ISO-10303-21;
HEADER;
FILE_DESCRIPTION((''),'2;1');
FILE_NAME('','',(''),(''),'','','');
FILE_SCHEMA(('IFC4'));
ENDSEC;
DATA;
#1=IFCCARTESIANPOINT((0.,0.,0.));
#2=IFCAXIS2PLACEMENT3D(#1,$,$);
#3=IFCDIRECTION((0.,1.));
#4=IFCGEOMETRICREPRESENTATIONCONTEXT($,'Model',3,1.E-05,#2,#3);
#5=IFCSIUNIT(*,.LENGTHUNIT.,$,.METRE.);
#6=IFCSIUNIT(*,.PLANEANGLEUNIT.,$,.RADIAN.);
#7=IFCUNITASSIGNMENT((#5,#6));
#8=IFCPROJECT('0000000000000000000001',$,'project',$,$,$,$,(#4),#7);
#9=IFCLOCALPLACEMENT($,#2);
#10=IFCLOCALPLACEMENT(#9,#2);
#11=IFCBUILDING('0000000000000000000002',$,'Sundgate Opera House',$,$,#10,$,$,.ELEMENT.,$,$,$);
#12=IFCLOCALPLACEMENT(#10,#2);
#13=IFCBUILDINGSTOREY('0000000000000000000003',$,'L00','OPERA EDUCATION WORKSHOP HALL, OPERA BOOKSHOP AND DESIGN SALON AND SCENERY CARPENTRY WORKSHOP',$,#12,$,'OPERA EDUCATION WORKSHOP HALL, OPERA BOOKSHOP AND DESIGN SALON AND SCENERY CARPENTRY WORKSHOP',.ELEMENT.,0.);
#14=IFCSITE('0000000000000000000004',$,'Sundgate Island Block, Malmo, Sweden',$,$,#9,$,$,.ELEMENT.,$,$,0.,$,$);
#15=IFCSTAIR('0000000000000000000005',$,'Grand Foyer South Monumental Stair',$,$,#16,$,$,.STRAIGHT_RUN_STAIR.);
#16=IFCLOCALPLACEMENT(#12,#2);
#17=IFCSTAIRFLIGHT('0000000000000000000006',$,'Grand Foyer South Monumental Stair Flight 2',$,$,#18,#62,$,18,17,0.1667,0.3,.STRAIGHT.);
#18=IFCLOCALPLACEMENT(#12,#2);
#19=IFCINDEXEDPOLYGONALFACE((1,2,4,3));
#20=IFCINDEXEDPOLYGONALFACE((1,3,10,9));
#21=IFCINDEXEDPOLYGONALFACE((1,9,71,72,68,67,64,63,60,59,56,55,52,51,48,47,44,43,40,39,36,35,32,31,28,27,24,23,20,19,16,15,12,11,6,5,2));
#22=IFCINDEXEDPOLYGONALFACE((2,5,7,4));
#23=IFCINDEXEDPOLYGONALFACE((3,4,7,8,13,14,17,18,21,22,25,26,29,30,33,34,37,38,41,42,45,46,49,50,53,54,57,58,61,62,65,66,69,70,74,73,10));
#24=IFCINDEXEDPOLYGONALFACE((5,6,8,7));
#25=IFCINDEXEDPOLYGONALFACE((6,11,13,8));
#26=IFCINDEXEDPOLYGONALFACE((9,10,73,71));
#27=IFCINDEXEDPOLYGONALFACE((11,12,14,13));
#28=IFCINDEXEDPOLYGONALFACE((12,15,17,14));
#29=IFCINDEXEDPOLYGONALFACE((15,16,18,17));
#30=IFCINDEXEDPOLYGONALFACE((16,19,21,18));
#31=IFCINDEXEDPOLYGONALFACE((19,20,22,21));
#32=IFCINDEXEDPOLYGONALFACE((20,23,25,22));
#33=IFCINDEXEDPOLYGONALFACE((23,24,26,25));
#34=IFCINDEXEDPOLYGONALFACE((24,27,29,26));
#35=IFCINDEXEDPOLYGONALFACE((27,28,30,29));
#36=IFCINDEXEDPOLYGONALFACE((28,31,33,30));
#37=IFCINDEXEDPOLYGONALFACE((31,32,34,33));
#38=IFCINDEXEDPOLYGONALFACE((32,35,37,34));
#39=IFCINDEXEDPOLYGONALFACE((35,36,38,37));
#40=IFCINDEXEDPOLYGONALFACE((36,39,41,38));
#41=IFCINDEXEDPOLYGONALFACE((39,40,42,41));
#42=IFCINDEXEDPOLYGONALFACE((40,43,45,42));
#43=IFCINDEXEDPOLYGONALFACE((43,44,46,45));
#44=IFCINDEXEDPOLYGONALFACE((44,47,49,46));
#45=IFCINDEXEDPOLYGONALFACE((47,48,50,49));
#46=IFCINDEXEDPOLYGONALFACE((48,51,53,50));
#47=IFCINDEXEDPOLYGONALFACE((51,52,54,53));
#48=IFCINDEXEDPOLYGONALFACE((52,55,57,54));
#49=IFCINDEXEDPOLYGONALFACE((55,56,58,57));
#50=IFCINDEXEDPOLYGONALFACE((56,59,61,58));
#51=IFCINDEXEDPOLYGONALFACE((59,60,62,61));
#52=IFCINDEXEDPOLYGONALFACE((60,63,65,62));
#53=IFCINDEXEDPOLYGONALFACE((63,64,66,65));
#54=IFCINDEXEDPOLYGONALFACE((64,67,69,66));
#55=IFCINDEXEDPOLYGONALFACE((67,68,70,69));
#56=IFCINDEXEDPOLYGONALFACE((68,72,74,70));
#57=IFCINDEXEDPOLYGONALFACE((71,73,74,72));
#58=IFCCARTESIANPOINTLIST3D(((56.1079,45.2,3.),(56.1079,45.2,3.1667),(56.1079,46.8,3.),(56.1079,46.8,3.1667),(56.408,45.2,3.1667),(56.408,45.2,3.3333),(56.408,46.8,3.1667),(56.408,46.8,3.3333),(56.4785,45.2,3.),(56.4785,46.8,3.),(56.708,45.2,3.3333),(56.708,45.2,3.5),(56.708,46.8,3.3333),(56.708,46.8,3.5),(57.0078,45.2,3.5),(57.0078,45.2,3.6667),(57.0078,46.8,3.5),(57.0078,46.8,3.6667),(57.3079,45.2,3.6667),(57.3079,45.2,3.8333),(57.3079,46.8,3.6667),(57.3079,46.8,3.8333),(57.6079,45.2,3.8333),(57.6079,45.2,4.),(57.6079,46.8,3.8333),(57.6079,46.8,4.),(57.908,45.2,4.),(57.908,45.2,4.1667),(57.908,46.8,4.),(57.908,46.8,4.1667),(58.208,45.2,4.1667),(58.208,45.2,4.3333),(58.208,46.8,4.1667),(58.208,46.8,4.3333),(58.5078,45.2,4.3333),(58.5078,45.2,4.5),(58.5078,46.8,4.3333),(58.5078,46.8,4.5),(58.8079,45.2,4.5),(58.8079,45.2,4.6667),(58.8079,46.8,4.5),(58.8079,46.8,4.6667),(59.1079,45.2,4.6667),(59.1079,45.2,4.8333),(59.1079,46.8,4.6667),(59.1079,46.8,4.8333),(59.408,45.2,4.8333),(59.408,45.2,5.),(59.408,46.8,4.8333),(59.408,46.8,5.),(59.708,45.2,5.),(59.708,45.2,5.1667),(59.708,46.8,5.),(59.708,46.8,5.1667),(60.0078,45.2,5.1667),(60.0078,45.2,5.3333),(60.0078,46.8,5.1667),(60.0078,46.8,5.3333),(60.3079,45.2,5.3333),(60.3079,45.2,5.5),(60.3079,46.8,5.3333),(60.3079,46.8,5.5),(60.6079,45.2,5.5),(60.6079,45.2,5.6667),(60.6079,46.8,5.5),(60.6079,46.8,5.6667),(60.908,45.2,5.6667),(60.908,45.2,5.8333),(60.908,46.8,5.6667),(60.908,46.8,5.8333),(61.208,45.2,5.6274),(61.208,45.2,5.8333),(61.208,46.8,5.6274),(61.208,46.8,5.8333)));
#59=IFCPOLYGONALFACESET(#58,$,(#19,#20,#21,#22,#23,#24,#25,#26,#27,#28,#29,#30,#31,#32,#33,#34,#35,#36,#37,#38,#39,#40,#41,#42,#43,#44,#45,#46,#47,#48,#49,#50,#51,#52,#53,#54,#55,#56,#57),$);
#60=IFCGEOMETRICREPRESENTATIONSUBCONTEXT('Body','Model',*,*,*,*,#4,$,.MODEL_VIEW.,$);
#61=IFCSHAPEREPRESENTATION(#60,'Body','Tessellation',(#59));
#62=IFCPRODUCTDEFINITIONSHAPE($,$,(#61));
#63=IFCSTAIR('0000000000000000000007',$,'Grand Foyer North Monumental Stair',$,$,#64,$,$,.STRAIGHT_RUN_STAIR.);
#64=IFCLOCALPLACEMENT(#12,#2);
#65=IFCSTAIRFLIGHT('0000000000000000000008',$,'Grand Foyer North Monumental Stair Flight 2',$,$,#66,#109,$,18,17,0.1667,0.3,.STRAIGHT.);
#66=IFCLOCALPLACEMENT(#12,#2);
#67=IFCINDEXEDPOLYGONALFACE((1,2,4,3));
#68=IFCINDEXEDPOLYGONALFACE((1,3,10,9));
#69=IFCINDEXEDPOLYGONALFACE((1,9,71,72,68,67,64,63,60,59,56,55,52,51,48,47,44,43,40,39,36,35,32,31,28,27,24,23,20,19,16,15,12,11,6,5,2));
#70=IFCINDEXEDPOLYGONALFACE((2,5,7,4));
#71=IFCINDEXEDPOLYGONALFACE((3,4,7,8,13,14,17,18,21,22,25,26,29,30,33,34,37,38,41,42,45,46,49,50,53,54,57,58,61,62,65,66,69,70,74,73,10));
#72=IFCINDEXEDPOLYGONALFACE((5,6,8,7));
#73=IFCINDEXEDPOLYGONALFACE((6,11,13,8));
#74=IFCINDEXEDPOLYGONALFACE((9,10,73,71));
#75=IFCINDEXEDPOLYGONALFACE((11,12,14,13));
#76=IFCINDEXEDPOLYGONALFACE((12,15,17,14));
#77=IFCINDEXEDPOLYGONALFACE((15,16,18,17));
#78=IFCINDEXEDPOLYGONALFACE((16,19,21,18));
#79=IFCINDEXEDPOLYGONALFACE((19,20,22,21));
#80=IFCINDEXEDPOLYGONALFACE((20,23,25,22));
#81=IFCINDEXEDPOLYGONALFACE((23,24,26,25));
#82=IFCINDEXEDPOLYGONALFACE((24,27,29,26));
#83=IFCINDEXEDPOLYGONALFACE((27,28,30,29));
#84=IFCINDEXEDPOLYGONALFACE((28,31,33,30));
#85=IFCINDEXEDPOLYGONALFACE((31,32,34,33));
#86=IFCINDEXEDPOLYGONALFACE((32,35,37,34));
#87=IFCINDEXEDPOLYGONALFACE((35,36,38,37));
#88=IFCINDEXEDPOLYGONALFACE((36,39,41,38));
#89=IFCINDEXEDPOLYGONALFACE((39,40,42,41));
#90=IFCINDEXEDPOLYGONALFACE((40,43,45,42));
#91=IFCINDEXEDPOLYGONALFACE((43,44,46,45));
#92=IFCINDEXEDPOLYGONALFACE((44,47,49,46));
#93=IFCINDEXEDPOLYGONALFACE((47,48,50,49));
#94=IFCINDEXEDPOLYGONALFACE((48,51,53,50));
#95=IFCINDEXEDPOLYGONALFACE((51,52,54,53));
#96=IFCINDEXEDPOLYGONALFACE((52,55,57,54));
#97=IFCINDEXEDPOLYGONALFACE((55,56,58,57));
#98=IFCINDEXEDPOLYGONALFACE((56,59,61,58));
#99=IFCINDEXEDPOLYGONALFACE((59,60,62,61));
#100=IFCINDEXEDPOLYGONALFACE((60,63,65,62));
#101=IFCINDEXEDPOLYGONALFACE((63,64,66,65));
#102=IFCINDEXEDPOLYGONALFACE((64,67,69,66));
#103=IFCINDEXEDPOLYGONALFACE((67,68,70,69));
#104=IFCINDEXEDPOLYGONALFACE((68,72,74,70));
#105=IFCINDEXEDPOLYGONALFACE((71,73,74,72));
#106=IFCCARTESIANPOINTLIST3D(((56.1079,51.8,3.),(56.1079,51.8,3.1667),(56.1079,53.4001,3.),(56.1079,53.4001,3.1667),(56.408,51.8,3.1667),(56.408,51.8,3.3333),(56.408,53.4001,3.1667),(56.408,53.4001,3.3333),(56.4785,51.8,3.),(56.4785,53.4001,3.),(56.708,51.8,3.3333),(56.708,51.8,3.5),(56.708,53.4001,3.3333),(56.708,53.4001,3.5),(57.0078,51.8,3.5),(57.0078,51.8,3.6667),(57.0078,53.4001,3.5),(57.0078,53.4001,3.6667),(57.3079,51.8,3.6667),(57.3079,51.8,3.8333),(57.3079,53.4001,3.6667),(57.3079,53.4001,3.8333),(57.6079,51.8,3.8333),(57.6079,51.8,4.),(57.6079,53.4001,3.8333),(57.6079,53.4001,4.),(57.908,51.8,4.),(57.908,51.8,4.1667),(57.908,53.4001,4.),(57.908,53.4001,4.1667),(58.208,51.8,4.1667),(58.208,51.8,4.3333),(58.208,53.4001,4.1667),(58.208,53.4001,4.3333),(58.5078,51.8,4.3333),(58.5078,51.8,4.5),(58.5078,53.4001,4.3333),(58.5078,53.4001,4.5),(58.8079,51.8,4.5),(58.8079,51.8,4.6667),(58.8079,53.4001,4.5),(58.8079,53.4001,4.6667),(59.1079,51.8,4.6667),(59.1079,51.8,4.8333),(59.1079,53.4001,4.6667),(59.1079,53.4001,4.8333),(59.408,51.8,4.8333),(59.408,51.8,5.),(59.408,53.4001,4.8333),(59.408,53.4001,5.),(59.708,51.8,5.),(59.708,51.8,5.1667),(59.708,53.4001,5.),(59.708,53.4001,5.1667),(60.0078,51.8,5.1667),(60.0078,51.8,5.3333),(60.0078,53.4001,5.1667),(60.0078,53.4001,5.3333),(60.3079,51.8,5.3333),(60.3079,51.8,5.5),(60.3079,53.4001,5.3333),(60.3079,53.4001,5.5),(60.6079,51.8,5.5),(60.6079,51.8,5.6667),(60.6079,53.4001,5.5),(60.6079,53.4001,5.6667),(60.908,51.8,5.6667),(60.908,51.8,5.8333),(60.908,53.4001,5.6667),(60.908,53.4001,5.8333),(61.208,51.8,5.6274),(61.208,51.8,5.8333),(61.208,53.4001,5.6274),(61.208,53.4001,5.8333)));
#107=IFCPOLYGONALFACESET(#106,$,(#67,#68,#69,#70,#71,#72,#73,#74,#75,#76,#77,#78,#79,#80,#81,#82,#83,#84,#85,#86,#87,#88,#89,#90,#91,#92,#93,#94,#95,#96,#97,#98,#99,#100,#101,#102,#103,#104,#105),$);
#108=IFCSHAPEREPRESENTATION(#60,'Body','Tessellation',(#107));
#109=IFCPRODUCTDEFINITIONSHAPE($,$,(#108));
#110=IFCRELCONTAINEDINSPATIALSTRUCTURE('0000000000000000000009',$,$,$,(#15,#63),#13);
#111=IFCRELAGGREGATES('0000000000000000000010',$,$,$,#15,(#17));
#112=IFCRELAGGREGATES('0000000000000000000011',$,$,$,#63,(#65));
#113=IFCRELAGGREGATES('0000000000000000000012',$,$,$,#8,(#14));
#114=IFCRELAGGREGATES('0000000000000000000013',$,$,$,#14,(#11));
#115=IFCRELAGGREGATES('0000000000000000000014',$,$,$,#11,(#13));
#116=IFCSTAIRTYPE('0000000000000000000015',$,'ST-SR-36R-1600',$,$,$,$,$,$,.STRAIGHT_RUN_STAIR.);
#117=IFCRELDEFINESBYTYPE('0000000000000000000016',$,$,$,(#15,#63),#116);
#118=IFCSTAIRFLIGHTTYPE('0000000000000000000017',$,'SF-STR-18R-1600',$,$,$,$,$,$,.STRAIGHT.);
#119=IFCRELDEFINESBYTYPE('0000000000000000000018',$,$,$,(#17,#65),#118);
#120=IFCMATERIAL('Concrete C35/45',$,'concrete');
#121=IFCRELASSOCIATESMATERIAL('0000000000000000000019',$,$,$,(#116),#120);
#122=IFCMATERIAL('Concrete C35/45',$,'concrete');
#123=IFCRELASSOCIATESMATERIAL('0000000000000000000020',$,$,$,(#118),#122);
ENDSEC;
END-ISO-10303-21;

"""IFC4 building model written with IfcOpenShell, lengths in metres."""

from ifc_helpers import new_model, si_unit, direction, frame, origin, place, context, subcontext, project, spatial, polyline, outline, extrude, material, type_object, element, aggregate, save


model = new_model("IFC4")

# Units and contexts
model_context = context("Model", 3, precision=1e-05, world=origin(), true_north=direction((0.0, 1.0)))
body_context = subcontext(model_context, "Body", "Model", "MODEL_VIEW")
ifc_project = project(units=[si_unit("LENGTHUNIT", "METRE"), si_unit("PLANEANGLEUNIT", "RADIAN")], contexts=[model_context])

# Site, building, storey
site_placement = place(None, origin())
site = spatial("IfcSite", under=ifc_project, at=site_placement, Name="Sundgate Island Block, Malmo, Sweden", CompositionType="ELEMENT", RefElevation=0.0)
building_placement = place(site_placement, origin())
building = spatial("IfcBuilding", under=site, at=building_placement, Name="Sundgate Opera House", CompositionType="ELEMENT")
storey_placement = place(building_placement, origin())
storey = spatial("IfcBuildingStorey", under=building, at=storey_placement, Name="L00", Description="OPERA EDUCATION WORKSHOP HALL, OPERA BOOKSHOP AND DESIGN SALON AND SCENERY CARPENTRY WORKSHOP", LongName="OPERA EDUCATION WORKSHOP HALL, OPERA BOOKSHOP AND DESIGN SALON AND SCENERY CARPENTRY WORKSHOP", CompositionType="ELEMENT", Elevation=0.0)

# Stairs, stair flights
ifc_material_1 = material(Name="Concrete C35/45", Category="concrete")
stair_type = type_object("IfcStairType", Name="ST-SR-36R-1600", PredefinedType="STRAIGHT_RUN_STAIR", material=ifc_material_1)
stair_1_placement = place(storey_placement, origin())
stair_1 = element("IfcStair", 1, at=stair_1_placement, inside=storey, type_object=stair_type, Name="Grand Foyer South Monumental Stair", PredefinedType="STRAIGHT_RUN_STAIR")
ifc_material_2 = material(Name="Concrete C35/45", Category="concrete")
stair_flight_type = type_object("IfcStairFlightType", Name="SF-STR-18R-1600", PredefinedType="STRAIGHT", material=ifc_material_2)
stair_flight_1_placement = place(storey_placement, frame((56.1079, 46.0, 3.0), z_axis=(0.0, 0.0, 1.0), x_axis=(1.0, 0.0, 0.0)))
stair_flight_1 = element("IfcStairFlight", 2, at=stair_flight_1_placement, type_object=stair_flight_type, Name="Grand Foyer South Monumental Stair Flight 2", NumberOfRisers=18, NumberOfTreads=17, PredefinedType="STRAIGHT", RiserHeight=0.1667, TreadLength=0.3, context=body_context, shape_type="SweptSolid", body=[
    extrude(outline(polyline([(0.0, 0.0), (0.0, 0.1667), (0.3, 0.1667), (0.3, 0.3333), (0.6001, 0.3333), (0.6001, 0.5), (0.8999, 0.5), (0.8999, 0.6667), (1.2, 0.6667), (1.2, 0.8333), (1.5, 0.8333), (1.5, 1.0), (1.8, 1.0), (1.8, 1.1667), (2.1001, 1.1667), (2.1001, 1.3333), (2.3999, 1.3333), (2.3999, 1.5), (2.7, 1.5), (2.7, 1.6667), (3.0, 1.6667), (3.0, 1.8333), (3.3, 1.8333), (3.3, 2.0), (3.6001, 2.0), (3.6001, 2.1667), (3.8999, 2.1667), (3.8999, 2.3333), (4.2, 2.3333), (4.2, 2.5), (4.5, 2.5), (4.5, 2.6667), (4.8, 2.6667), (4.8, 2.8333), (5.1001, 2.8333), (5.1001, 3.0), (5.1001, 2.6274), (0.3706, 0.0), (0.0, 0.0)])), frame((0.0, 0.8, 0.0), z_axis=(0.0, -1.0, 0.0), x_axis=(1.0, 0.0, 0.0)), (0.0, 0.0, 1.0), 1.6001),
])
aggregate(stair_1, [stair_flight_1])
stair_2_placement = place(storey_placement, origin())
stair_2 = element("IfcStair", 3, at=stair_2_placement, inside=storey, type_object=stair_type, Name="Grand Foyer North Monumental Stair", PredefinedType="STRAIGHT_RUN_STAIR")
stair_flight_2_placement = place(storey_placement, frame((56.1079, 52.6001, 3.0), z_axis=(0.0, 0.0, 1.0), x_axis=(1.0, 0.0, 0.0)))
stair_flight_2 = element("IfcStairFlight", 4, at=stair_flight_2_placement, type_object=stair_flight_type, Name="Grand Foyer North Monumental Stair Flight 2", NumberOfRisers=18, NumberOfTreads=17, PredefinedType="STRAIGHT", RiserHeight=0.1667, TreadLength=0.3, context=body_context, shape_type="SweptSolid", body=[
    extrude(outline(polyline([(0.0, 0.0), (0.0, 0.1667), (0.3, 0.1667), (0.3, 0.3333), (0.6001, 0.3333), (0.6001, 0.5), (0.8999, 0.5), (0.8999, 0.6667), (1.2, 0.6667), (1.2, 0.8333), (1.5, 0.8333), (1.5, 1.0), (1.8, 1.0), (1.8, 1.1667), (2.1001, 1.1667), (2.1001, 1.3333), (2.3999, 1.3333), (2.3999, 1.5), (2.7, 1.5), (2.7, 1.6667), (3.0, 1.6667), (3.0, 1.8333), (3.3, 1.8333), (3.3, 2.0), (3.6001, 2.0), (3.6001, 2.1667), (3.8999, 2.1667), (3.8999, 2.3333), (4.2, 2.3333), (4.2, 2.5), (4.5, 2.5), (4.5, 2.6667), (4.8, 2.6667), (4.8, 2.8333), (5.1001, 2.8333), (5.1001, 3.0), (5.1001, 2.6274), (0.3706, 0.0), (0.0, 0.0)])), frame((0.0, 0.8, 0.0), z_axis=(0.0, -1.0, 0.0), x_axis=(1.0, 0.0, 0.0)), (0.0, 0.0, 1.0), 1.6001),
])
aggregate(stair_2, [stair_flight_2])

save(model, "model.ifc")
